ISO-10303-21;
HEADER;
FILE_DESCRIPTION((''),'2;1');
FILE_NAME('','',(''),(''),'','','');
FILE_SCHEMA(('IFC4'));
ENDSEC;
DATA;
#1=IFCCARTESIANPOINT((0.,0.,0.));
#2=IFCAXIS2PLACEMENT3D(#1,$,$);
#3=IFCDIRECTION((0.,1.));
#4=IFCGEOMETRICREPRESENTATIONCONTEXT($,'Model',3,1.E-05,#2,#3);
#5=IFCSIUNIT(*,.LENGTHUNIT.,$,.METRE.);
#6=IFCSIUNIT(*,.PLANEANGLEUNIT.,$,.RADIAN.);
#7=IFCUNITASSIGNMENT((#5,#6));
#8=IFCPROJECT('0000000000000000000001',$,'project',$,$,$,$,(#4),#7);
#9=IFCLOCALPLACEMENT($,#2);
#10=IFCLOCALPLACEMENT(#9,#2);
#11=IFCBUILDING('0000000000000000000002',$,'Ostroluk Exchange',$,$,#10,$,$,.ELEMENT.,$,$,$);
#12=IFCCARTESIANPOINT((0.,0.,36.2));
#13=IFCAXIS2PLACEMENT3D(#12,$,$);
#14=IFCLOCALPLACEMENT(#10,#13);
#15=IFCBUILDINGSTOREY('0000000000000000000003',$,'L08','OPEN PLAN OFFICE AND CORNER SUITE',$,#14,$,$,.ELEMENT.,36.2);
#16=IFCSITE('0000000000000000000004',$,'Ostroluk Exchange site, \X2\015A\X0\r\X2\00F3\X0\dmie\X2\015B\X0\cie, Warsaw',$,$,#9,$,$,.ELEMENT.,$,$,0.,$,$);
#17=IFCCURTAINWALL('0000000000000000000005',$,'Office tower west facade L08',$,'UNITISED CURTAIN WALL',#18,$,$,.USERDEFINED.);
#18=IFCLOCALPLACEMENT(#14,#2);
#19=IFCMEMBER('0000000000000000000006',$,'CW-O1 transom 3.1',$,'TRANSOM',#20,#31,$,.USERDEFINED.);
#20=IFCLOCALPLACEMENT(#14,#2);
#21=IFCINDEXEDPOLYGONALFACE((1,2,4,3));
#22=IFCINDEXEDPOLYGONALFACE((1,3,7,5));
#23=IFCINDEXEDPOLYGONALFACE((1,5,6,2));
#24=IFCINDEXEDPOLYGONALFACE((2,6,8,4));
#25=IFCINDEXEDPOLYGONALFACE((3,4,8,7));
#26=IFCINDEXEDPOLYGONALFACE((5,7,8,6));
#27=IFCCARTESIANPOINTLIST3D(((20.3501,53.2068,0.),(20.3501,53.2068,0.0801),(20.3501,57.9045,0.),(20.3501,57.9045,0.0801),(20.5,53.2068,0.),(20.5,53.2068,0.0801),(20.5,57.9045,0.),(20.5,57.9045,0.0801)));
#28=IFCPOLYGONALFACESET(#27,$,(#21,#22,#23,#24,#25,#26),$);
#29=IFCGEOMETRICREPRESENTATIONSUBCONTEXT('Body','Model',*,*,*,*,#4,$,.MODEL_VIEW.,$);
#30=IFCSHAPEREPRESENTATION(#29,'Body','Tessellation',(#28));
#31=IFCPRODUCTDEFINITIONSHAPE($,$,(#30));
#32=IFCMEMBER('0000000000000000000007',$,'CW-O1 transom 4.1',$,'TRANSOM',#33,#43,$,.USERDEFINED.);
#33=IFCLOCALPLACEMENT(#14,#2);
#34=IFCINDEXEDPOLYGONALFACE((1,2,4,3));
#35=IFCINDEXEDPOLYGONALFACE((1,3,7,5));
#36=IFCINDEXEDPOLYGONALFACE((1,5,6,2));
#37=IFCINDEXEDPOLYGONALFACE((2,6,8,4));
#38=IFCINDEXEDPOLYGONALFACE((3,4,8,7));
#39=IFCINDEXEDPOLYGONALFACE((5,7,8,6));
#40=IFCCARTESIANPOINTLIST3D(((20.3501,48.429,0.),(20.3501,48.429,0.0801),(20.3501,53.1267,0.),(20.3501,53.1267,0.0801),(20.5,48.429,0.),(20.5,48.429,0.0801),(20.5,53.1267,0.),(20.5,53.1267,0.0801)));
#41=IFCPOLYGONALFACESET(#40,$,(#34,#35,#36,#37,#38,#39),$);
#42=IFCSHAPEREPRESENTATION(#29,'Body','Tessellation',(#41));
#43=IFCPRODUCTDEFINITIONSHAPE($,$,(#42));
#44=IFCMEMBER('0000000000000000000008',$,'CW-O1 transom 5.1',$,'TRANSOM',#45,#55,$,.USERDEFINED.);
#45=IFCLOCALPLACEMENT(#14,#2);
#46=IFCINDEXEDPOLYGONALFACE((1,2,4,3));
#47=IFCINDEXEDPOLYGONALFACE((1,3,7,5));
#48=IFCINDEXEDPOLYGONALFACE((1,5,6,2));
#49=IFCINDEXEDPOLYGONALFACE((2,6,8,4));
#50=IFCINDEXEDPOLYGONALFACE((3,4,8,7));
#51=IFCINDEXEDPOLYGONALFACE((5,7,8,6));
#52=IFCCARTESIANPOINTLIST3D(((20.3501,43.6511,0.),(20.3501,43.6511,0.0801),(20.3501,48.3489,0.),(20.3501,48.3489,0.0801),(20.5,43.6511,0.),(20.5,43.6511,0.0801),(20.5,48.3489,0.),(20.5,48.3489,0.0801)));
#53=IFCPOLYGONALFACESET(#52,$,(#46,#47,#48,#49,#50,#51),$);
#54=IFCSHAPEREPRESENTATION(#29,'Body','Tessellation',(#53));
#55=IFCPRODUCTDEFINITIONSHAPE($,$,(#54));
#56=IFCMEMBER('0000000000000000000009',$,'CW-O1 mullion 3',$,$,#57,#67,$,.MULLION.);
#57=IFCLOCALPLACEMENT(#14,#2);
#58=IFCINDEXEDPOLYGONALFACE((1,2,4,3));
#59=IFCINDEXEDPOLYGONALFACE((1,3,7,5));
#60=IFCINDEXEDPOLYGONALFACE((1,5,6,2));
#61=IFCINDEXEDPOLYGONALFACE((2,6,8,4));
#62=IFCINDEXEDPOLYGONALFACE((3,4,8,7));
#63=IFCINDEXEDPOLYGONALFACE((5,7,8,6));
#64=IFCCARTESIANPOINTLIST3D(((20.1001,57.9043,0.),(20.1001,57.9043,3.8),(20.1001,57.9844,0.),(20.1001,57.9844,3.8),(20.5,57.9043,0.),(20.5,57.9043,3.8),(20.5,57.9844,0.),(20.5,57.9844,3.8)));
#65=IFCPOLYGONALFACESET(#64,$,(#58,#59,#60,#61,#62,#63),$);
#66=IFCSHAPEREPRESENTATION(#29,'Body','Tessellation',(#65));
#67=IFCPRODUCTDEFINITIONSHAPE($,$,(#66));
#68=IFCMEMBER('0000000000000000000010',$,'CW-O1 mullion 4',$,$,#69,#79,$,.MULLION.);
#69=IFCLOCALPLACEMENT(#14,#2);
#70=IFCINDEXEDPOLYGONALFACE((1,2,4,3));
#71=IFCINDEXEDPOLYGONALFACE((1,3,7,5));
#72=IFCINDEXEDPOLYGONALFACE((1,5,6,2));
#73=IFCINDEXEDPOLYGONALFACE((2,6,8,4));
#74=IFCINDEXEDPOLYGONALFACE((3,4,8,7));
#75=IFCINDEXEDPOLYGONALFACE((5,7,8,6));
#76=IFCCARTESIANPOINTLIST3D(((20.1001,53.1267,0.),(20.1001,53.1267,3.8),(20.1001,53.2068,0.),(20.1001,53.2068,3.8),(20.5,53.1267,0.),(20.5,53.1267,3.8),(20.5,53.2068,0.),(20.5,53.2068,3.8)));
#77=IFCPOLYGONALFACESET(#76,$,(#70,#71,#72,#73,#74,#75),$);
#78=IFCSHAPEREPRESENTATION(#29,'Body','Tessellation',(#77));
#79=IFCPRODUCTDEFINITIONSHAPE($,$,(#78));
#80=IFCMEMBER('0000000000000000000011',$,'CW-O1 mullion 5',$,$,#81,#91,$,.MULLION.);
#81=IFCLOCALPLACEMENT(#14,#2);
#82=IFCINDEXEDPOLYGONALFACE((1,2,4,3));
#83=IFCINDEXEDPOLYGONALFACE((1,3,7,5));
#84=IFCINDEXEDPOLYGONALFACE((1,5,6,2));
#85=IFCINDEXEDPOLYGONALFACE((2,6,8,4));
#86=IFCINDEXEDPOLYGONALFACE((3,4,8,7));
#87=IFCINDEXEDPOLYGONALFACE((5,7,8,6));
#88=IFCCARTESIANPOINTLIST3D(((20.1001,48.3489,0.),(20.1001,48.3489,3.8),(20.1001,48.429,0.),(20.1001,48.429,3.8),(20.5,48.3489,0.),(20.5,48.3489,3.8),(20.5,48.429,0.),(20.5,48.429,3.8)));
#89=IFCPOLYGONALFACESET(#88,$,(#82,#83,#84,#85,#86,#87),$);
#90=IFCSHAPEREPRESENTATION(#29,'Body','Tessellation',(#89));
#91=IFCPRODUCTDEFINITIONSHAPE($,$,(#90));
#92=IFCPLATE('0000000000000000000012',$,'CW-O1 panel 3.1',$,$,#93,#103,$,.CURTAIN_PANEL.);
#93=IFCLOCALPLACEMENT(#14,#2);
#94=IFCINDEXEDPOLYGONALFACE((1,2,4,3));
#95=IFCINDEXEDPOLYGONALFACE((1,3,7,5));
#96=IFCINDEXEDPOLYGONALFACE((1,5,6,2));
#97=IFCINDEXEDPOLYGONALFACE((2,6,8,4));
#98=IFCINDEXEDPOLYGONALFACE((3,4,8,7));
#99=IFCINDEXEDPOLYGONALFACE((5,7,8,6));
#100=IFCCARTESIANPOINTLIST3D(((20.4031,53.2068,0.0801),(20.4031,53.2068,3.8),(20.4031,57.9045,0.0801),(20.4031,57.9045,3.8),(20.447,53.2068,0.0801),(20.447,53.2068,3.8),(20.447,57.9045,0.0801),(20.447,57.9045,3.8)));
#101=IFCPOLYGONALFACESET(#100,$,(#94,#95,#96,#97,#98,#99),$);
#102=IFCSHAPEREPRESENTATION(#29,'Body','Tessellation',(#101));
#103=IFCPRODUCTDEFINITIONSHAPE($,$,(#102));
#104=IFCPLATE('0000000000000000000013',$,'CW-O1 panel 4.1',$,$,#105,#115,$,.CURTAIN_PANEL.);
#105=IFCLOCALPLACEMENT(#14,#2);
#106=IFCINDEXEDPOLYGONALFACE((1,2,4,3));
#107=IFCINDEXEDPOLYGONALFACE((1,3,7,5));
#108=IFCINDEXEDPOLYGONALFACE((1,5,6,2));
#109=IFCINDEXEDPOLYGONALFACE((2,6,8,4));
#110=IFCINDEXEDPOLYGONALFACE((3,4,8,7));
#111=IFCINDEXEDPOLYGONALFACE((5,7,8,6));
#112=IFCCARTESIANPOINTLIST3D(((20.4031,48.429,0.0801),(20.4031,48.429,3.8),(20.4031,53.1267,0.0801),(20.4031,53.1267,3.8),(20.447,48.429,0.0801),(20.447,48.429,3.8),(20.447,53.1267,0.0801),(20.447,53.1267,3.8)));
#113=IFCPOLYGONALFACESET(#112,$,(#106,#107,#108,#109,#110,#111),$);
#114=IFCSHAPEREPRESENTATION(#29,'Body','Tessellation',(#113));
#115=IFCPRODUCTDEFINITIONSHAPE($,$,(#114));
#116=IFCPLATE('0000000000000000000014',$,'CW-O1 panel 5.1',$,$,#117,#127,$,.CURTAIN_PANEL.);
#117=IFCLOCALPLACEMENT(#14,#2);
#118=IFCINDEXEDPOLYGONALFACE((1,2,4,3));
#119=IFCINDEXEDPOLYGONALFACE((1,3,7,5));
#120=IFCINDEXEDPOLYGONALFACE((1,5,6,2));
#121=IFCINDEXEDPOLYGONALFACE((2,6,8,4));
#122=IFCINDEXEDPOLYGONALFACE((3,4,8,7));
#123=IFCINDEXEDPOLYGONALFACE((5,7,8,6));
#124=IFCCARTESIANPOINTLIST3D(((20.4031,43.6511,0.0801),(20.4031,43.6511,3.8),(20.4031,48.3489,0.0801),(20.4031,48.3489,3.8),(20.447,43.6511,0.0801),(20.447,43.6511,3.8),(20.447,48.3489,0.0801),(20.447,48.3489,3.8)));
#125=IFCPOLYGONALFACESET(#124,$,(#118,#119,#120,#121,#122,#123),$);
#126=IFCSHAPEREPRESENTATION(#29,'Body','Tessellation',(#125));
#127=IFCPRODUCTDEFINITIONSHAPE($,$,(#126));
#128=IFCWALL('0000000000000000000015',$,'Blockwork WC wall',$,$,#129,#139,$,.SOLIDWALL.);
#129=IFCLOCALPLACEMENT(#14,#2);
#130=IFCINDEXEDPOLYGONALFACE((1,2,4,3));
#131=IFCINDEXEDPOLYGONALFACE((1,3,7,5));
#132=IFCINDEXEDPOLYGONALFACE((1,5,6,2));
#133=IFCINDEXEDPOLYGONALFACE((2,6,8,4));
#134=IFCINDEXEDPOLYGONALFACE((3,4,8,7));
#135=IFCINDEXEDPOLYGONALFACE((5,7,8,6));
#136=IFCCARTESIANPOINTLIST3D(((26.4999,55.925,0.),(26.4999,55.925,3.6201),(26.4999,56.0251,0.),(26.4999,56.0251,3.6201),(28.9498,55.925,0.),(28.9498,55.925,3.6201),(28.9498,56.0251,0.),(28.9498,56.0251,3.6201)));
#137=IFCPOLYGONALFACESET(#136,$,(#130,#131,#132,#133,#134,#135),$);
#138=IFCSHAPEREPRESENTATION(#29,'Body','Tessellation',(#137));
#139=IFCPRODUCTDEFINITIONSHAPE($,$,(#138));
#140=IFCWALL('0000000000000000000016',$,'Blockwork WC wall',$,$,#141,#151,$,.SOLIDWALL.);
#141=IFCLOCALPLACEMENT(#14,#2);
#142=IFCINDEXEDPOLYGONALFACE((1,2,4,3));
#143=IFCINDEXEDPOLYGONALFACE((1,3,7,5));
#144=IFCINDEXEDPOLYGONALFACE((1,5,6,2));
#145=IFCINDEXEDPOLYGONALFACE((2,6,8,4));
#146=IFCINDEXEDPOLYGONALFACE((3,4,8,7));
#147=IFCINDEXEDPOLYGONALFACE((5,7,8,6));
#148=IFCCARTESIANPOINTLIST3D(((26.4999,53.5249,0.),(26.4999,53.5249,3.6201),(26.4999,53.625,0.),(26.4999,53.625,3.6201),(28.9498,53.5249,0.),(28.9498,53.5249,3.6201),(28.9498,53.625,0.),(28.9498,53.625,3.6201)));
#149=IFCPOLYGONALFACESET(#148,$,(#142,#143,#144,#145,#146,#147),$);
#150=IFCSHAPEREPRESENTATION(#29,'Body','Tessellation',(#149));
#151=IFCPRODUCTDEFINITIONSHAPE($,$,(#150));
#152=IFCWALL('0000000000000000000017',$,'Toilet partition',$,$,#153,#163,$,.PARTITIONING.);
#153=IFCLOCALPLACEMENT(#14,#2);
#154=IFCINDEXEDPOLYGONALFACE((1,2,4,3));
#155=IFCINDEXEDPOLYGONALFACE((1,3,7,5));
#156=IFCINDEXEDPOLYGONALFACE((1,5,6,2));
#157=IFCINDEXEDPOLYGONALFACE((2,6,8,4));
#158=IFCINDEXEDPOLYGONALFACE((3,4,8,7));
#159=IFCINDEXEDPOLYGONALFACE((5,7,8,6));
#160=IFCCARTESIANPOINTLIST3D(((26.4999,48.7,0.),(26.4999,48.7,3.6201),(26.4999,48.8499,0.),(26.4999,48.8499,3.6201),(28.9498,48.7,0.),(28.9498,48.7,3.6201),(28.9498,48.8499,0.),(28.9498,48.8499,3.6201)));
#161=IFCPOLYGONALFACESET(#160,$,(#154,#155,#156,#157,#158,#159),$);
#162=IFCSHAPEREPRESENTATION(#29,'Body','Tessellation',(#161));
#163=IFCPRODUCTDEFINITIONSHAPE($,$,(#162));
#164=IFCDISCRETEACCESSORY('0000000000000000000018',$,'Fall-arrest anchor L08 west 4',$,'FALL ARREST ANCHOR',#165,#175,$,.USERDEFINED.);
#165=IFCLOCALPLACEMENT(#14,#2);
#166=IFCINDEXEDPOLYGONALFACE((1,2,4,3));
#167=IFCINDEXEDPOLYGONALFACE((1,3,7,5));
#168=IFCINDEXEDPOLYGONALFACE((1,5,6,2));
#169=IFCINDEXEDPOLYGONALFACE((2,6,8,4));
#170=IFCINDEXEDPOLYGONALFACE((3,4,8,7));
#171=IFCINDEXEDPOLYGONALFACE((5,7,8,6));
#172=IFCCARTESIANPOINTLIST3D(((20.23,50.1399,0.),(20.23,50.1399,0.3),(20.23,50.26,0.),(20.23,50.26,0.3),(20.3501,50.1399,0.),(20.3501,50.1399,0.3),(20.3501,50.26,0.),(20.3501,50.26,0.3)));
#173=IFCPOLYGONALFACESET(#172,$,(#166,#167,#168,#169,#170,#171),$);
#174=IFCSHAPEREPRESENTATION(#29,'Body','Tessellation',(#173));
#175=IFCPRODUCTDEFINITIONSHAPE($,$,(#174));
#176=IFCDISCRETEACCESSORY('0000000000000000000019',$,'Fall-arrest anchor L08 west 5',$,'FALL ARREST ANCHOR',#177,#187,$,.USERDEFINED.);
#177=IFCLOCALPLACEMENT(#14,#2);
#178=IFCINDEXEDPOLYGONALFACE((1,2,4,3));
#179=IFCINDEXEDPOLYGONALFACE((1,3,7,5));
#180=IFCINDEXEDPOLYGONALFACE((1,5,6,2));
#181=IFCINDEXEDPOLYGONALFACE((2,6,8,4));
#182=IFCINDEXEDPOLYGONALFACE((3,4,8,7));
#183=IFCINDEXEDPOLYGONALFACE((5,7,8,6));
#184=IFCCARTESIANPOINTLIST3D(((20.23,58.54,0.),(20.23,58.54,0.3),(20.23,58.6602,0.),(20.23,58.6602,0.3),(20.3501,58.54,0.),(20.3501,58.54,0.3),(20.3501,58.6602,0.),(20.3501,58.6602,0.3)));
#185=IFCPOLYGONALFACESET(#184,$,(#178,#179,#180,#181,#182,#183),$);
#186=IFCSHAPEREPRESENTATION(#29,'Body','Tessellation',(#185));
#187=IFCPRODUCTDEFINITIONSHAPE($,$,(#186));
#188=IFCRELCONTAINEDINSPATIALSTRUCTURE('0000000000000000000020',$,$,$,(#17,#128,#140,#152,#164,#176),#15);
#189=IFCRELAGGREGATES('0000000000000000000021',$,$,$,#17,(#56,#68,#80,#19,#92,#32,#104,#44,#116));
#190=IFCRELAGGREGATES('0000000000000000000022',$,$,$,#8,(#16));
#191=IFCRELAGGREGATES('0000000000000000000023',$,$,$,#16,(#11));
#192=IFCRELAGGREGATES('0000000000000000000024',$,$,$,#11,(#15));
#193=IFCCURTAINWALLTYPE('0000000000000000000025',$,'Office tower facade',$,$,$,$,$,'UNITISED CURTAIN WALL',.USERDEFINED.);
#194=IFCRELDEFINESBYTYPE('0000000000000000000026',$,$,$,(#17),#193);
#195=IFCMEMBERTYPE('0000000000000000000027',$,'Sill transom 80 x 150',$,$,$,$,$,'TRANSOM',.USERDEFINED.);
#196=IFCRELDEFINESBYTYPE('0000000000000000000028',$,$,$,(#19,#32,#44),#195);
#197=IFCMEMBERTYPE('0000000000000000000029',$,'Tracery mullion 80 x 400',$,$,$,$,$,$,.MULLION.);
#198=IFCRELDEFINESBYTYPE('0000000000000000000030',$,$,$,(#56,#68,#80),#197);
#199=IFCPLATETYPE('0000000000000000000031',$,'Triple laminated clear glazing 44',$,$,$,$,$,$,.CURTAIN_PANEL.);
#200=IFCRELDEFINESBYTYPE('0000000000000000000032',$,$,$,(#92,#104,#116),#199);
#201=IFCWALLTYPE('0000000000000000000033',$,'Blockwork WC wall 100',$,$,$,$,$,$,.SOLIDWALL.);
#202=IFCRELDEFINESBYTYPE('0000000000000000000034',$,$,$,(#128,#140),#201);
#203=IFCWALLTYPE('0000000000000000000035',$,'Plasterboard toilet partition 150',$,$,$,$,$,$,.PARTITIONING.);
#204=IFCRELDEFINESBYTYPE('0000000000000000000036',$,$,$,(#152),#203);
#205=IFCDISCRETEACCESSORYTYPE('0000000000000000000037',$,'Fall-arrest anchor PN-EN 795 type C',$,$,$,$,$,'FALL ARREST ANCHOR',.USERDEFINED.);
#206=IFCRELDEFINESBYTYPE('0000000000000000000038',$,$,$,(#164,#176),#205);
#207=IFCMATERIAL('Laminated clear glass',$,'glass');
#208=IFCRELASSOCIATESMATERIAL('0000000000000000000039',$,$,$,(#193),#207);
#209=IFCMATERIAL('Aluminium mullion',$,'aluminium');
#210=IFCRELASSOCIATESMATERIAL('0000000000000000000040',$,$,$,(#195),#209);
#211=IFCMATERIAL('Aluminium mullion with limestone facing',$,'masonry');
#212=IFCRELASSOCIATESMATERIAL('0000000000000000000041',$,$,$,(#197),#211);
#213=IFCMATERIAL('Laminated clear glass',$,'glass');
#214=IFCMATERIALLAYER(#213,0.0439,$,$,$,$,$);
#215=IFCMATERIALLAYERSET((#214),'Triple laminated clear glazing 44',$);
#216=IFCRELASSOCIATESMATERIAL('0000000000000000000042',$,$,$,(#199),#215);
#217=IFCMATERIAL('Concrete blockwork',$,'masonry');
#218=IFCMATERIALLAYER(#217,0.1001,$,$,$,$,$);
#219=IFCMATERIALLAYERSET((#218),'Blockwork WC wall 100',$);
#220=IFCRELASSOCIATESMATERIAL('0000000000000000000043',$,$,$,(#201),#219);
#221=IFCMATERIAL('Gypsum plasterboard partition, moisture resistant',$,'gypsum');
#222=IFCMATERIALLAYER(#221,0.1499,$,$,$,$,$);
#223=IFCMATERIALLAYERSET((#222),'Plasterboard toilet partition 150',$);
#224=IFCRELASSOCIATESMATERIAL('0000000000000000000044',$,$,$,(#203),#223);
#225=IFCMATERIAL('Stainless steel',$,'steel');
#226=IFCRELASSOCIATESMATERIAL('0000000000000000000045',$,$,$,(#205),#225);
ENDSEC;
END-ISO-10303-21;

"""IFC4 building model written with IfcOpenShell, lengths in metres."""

from ifc_helpers import new_model, si_unit, direction, frame, frame_2d, origin, origin_2d, place, context, subcontext, project, spatial, rectangle, extrude, material, layer, layer_set, material_profile, profile_set, type_object, element, aggregate, save


model = new_model("IFC4")

# Units and contexts
model_context = context("Model", 3, precision=1e-05, world=origin(), true_north=direction((0.0, 1.0)))
body_context = subcontext(model_context, "Body", "Model", "MODEL_VIEW")
ifc_project = project(units=[si_unit("LENGTHUNIT", "METRE"), si_unit("PLANEANGLEUNIT", "RADIAN")], contexts=[model_context])

# Site, building, storey
site_placement = place(None, origin())
site = spatial("IfcSite", under=ifc_project, at=site_placement, Name="Ostroluk Exchange site, Śródmieście, Warsaw", CompositionType="ELEMENT", RefElevation=0.0)
building_placement = place(site_placement, origin())
building = spatial("IfcBuilding", under=site, at=building_placement, Name="Ostroluk Exchange", CompositionType="ELEMENT")
storey_placement = place(building_placement, frame((0.0, 0.0, 36.2)))
storey = spatial("IfcBuildingStorey", under=building, at=storey_placement, Name="L08", Description="OPEN PLAN OFFICE AND CORNER SUITE", CompositionType="ELEMENT", Elevation=36.2)

# Curtain wall, members, plates
ifc_material_1 = material(Name="Laminated clear glass", Category="glass")
curtain_wall_type = type_object("IfcCurtainWallType", Name="Office tower facade", ElementType="UNITISED CURTAIN WALL", PredefinedType="USERDEFINED", material=ifc_material_1)
curtain_wall_placement = place(storey_placement, origin())
curtain_wall = element("IfcCurtainWall", 1, at=curtain_wall_placement, inside=storey, type_object=curtain_wall_type, Name="Office tower west facade L08", ObjectType="UNITISED CURTAIN WALL", PredefinedType="USERDEFINED")
ifc_material_2 = material(Name="Aluminium mullion", Category="aluminium")
ifc_material_profile_1 = material_profile(ifc_material_2, rectangle(XDim=0.1499, YDim=0.0801, at=origin_2d()), Name="Sill transom 80 x 150")
ifc_profile_set_1 = profile_set([ifc_material_profile_1], Name="Aluminium mullion")
member_type_1 = type_object("IfcMemberType", Name="Sill transom 80 x 150", ElementType="TRANSOM", PredefinedType="USERDEFINED", material=ifc_profile_set_1)
member_1_placement = place(storey_placement, frame((20.425, 57.9045, 0.04), z_axis=(0.0, -1.0, 0.0), x_axis=(1.0, 0.0, 0.0)))
member_1 = element("IfcMember", 2, at=member_1_placement, type_object=member_type_1, Name="CW-O1 transom 3.1", ObjectType="TRANSOM", PredefinedType="USERDEFINED", context=body_context, shape_type="SweptSolid", body=[
    extrude(rectangle(XDim=0.1499, YDim=0.0801, at=origin_2d()), origin(), (0.0, 0.0, 1.0), 4.6978),
])
member_2_placement = place(storey_placement, frame((20.425, 53.1267, 0.04), z_axis=(0.0, -1.0, 0.0), x_axis=(1.0, 0.0, 0.0)))
member_2 = element("IfcMember", 3, at=member_2_placement, type_object=member_type_1, Name="CW-O1 transom 4.1", ObjectType="TRANSOM", PredefinedType="USERDEFINED", context=body_context, shape_type="SweptSolid", body=[
    extrude(rectangle(XDim=0.1499, YDim=0.0801, at=origin_2d()), origin(), (0.0, 0.0, 1.0), 4.6978),
])
member_3_placement = place(storey_placement, frame((20.425, 48.3489, 0.04), z_axis=(0.0, -1.0, 0.0), x_axis=(1.0, 0.0, 0.0)))
member_3 = element("IfcMember", 4, at=member_3_placement, type_object=member_type_1, Name="CW-O1 transom 5.1", ObjectType="TRANSOM", PredefinedType="USERDEFINED", context=body_context, shape_type="SweptSolid", body=[
    extrude(rectangle(XDim=0.1499, YDim=0.0801, at=origin_2d()), origin(), (0.0, 0.0, 1.0), 4.6978),
])
ifc_material_3 = material(Name="Aluminium mullion with limestone facing", Category="masonry")
ifc_material_profile_2 = material_profile(ifc_material_3, rectangle(XDim=0.3999, YDim=0.0801, at=origin_2d()), Name="Tracery mullion 80 x 400")
ifc_profile_set_2 = profile_set([ifc_material_profile_2], Name="Aluminium mullion with limestone facing")
member_type_2 = type_object("IfcMemberType", Name="Tracery mullion 80 x 400", PredefinedType="MULLION", material=ifc_profile_set_2)
member_4_placement = place(storey_placement, frame((20.3, 57.9443, 0.0), z_axis=(0.0, 0.0, 1.0), x_axis=(1.0, 0.0, 0.0)))
member_4 = element("IfcMember", 5, at=member_4_placement, type_object=member_type_2, Name="CW-O1 mullion 3", PredefinedType="MULLION", context=body_context, shape_type="SweptSolid", body=[
    extrude(rectangle(XDim=0.3999, YDim=0.0801, at=origin_2d()), origin(), (0.0, 0.0, 1.0), 3.8),
])
member_5_placement = place(storey_placement, frame((20.3, 53.1667, 0.0), z_axis=(0.0, 0.0, 1.0), x_axis=(1.0, 0.0, 0.0)))
member_5 = element("IfcMember", 6, at=member_5_placement, type_object=member_type_2, Name="CW-O1 mullion 4", PredefinedType="MULLION", context=body_context, shape_type="SweptSolid", body=[
    extrude(rectangle(XDim=0.3999, YDim=0.0801, at=origin_2d()), origin(), (0.0, 0.0, 1.0), 3.8),
])
member_6_placement = place(storey_placement, frame((20.3, 48.3889, 0.0), z_axis=(0.0, 0.0, 1.0), x_axis=(1.0, 0.0, 0.0)))
member_6 = element("IfcMember", 7, at=member_6_placement, type_object=member_type_2, Name="CW-O1 mullion 5", PredefinedType="MULLION", context=body_context, shape_type="SweptSolid", body=[
    extrude(rectangle(XDim=0.3999, YDim=0.0801, at=origin_2d()), origin(), (0.0, 0.0, 1.0), 3.8),
])
ifc_material_4 = material(Name="Laminated clear glass", Category="glass")
ifc_layer_1 = layer(ifc_material_4, 0.0439)
ifc_layer_set_1 = layer_set([ifc_layer_1], Name="Triple laminated clear glazing 44")
plate_type = type_object("IfcPlateType", Name="Triple laminated clear glazing 44", PredefinedType="CURTAIN_PANEL", material=ifc_layer_set_1)
plate_1_placement = place(storey_placement, frame((20.425, 55.5557, 0.0801), z_axis=(0.0, 0.0, 1.0), x_axis=(0.0, -1.0, 0.0)))
plate_1 = element("IfcPlate", 8, at=plate_1_placement, type_object=plate_type, Name="CW-O1 panel 3.1", PredefinedType="CURTAIN_PANEL", context=body_context, shape_type="SweptSolid", body=[
    extrude(rectangle(XDim=4.6978, YDim=0.0439, at=origin_2d()), origin(), (0.0, 0.0, 1.0), 3.72),
])
plate_2_placement = place(storey_placement, frame((20.425, 50.7778, 0.0801), z_axis=(0.0, 0.0, 1.0), x_axis=(0.0, -1.0, 0.0)))
plate_2 = element("IfcPlate", 9, at=plate_2_placement, type_object=plate_type, Name="CW-O1 panel 4.1", PredefinedType="CURTAIN_PANEL", context=body_context, shape_type="SweptSolid", body=[
    extrude(rectangle(XDim=4.6978, YDim=0.0439, at=origin_2d()), origin(), (0.0, 0.0, 1.0), 3.72),
])
plate_3_placement = place(storey_placement, frame((20.425, 46.0, 0.0801), z_axis=(0.0, 0.0, 1.0), x_axis=(0.0, -1.0, 0.0)))
plate_3 = element("IfcPlate", 10, at=plate_3_placement, type_object=plate_type, Name="CW-O1 panel 5.1", PredefinedType="CURTAIN_PANEL", context=body_context, shape_type="SweptSolid", body=[
    extrude(rectangle(XDim=4.6978, YDim=0.0439, at=origin_2d()), origin(), (0.0, 0.0, 1.0), 3.72),
])
aggregate(curtain_wall, [member_4, member_5, member_6, member_1, plate_1, member_2, plate_2, member_3, plate_3])

# Walls
ifc_material_5 = material(Name="Concrete blockwork", Category="masonry")
ifc_layer_2 = layer(ifc_material_5, 0.1001)
ifc_layer_set_2 = layer_set([ifc_layer_2], Name="Blockwork WC wall 100")
wall_type_1 = type_object("IfcWallType", Name="Blockwork WC wall 100", PredefinedType="SOLIDWALL", material=ifc_layer_set_2)
for number, where, z_axis, x_axis, name in (
    (11, (28.95, 55.9751, 0.0), (0.0, 0.0, 1.0), (-1.0, 0.0, 0.0), "Blockwork WC wall"),
    (12, (28.95, 53.575, 0.0), (0.0, 0.0, 1.0), (-1.0, 0.0, 0.0), "Blockwork WC wall"),
):
    element("IfcWall", number, at=place(storey_placement, frame(where, z_axis=z_axis, x_axis=x_axis)), inside=storey, type_object=wall_type_1, Name=name, PredefinedType="SOLIDWALL", context=body_context, shape_type="SweptSolid", body=[
        extrude(rectangle(XDim=2.45, YDim=0.1001, at=frame_2d((1.2251, 0.0))), origin(), (0.0, 0.0, 1.0), 3.6201),
    ])
ifc_material_6 = material(Name="Gypsum plasterboard partition, moisture resistant", Category="gypsum")
ifc_layer_3 = layer(ifc_material_6, 0.1499)
ifc_layer_set_3 = layer_set([ifc_layer_3], Name="Plasterboard toilet partition 150")
wall_type_2 = type_object("IfcWallType", Name="Plasterboard toilet partition 150", PredefinedType="PARTITIONING", material=ifc_layer_set_3)
wall_placement = place(storey_placement, frame((28.95, 48.7749, 0.0), z_axis=(0.0, 0.0, 1.0), x_axis=(-1.0, 0.0, 0.0)))
element("IfcWall", 13, at=wall_placement, inside=storey, type_object=wall_type_2, Name="Toilet partition", PredefinedType="PARTITIONING", context=body_context, shape_type="SweptSolid", body=[
    extrude(rectangle(XDim=2.45, YDim=0.1499, at=frame_2d((1.2251, 0.0))), origin(), (0.0, 0.0, 1.0), 3.6201),
])

# Discrete accessories
ifc_material_7 = material(Name="Stainless steel", Category="steel")
discrete_accessory_type = type_object("IfcDiscreteAccessoryType", Name="Fall-arrest anchor PN-EN 795 type C", ElementType="FALL ARREST ANCHOR", PredefinedType="USERDEFINED", material=ifc_material_7)
for number, where, z_axis, x_axis, name in (
    (14, (20.29, 50.2, 0.0), (0.0, 0.0, 1.0), (1.0, 0.0, 0.0), "Fall-arrest anchor L08 west 4"),
    (15, (20.29, 58.6001, 0.0), (0.0, 0.0, 1.0), (1.0, 0.0, 0.0), "Fall-arrest anchor L08 west 5"),
):
    element("IfcDiscreteAccessory", number, at=place(storey_placement, frame(where, z_axis=z_axis, x_axis=x_axis)), inside=storey, type_object=discrete_accessory_type, Name=name, ObjectType="FALL ARREST ANCHOR", PredefinedType="USERDEFINED", context=body_context, shape_type="SweptSolid", body=[
        extrude(rectangle(XDim=0.1201, YDim=0.1201, at=origin_2d()), origin(), (0.0, 0.0, 1.0), 0.3),
    ])

save(model, "model.ifc")
